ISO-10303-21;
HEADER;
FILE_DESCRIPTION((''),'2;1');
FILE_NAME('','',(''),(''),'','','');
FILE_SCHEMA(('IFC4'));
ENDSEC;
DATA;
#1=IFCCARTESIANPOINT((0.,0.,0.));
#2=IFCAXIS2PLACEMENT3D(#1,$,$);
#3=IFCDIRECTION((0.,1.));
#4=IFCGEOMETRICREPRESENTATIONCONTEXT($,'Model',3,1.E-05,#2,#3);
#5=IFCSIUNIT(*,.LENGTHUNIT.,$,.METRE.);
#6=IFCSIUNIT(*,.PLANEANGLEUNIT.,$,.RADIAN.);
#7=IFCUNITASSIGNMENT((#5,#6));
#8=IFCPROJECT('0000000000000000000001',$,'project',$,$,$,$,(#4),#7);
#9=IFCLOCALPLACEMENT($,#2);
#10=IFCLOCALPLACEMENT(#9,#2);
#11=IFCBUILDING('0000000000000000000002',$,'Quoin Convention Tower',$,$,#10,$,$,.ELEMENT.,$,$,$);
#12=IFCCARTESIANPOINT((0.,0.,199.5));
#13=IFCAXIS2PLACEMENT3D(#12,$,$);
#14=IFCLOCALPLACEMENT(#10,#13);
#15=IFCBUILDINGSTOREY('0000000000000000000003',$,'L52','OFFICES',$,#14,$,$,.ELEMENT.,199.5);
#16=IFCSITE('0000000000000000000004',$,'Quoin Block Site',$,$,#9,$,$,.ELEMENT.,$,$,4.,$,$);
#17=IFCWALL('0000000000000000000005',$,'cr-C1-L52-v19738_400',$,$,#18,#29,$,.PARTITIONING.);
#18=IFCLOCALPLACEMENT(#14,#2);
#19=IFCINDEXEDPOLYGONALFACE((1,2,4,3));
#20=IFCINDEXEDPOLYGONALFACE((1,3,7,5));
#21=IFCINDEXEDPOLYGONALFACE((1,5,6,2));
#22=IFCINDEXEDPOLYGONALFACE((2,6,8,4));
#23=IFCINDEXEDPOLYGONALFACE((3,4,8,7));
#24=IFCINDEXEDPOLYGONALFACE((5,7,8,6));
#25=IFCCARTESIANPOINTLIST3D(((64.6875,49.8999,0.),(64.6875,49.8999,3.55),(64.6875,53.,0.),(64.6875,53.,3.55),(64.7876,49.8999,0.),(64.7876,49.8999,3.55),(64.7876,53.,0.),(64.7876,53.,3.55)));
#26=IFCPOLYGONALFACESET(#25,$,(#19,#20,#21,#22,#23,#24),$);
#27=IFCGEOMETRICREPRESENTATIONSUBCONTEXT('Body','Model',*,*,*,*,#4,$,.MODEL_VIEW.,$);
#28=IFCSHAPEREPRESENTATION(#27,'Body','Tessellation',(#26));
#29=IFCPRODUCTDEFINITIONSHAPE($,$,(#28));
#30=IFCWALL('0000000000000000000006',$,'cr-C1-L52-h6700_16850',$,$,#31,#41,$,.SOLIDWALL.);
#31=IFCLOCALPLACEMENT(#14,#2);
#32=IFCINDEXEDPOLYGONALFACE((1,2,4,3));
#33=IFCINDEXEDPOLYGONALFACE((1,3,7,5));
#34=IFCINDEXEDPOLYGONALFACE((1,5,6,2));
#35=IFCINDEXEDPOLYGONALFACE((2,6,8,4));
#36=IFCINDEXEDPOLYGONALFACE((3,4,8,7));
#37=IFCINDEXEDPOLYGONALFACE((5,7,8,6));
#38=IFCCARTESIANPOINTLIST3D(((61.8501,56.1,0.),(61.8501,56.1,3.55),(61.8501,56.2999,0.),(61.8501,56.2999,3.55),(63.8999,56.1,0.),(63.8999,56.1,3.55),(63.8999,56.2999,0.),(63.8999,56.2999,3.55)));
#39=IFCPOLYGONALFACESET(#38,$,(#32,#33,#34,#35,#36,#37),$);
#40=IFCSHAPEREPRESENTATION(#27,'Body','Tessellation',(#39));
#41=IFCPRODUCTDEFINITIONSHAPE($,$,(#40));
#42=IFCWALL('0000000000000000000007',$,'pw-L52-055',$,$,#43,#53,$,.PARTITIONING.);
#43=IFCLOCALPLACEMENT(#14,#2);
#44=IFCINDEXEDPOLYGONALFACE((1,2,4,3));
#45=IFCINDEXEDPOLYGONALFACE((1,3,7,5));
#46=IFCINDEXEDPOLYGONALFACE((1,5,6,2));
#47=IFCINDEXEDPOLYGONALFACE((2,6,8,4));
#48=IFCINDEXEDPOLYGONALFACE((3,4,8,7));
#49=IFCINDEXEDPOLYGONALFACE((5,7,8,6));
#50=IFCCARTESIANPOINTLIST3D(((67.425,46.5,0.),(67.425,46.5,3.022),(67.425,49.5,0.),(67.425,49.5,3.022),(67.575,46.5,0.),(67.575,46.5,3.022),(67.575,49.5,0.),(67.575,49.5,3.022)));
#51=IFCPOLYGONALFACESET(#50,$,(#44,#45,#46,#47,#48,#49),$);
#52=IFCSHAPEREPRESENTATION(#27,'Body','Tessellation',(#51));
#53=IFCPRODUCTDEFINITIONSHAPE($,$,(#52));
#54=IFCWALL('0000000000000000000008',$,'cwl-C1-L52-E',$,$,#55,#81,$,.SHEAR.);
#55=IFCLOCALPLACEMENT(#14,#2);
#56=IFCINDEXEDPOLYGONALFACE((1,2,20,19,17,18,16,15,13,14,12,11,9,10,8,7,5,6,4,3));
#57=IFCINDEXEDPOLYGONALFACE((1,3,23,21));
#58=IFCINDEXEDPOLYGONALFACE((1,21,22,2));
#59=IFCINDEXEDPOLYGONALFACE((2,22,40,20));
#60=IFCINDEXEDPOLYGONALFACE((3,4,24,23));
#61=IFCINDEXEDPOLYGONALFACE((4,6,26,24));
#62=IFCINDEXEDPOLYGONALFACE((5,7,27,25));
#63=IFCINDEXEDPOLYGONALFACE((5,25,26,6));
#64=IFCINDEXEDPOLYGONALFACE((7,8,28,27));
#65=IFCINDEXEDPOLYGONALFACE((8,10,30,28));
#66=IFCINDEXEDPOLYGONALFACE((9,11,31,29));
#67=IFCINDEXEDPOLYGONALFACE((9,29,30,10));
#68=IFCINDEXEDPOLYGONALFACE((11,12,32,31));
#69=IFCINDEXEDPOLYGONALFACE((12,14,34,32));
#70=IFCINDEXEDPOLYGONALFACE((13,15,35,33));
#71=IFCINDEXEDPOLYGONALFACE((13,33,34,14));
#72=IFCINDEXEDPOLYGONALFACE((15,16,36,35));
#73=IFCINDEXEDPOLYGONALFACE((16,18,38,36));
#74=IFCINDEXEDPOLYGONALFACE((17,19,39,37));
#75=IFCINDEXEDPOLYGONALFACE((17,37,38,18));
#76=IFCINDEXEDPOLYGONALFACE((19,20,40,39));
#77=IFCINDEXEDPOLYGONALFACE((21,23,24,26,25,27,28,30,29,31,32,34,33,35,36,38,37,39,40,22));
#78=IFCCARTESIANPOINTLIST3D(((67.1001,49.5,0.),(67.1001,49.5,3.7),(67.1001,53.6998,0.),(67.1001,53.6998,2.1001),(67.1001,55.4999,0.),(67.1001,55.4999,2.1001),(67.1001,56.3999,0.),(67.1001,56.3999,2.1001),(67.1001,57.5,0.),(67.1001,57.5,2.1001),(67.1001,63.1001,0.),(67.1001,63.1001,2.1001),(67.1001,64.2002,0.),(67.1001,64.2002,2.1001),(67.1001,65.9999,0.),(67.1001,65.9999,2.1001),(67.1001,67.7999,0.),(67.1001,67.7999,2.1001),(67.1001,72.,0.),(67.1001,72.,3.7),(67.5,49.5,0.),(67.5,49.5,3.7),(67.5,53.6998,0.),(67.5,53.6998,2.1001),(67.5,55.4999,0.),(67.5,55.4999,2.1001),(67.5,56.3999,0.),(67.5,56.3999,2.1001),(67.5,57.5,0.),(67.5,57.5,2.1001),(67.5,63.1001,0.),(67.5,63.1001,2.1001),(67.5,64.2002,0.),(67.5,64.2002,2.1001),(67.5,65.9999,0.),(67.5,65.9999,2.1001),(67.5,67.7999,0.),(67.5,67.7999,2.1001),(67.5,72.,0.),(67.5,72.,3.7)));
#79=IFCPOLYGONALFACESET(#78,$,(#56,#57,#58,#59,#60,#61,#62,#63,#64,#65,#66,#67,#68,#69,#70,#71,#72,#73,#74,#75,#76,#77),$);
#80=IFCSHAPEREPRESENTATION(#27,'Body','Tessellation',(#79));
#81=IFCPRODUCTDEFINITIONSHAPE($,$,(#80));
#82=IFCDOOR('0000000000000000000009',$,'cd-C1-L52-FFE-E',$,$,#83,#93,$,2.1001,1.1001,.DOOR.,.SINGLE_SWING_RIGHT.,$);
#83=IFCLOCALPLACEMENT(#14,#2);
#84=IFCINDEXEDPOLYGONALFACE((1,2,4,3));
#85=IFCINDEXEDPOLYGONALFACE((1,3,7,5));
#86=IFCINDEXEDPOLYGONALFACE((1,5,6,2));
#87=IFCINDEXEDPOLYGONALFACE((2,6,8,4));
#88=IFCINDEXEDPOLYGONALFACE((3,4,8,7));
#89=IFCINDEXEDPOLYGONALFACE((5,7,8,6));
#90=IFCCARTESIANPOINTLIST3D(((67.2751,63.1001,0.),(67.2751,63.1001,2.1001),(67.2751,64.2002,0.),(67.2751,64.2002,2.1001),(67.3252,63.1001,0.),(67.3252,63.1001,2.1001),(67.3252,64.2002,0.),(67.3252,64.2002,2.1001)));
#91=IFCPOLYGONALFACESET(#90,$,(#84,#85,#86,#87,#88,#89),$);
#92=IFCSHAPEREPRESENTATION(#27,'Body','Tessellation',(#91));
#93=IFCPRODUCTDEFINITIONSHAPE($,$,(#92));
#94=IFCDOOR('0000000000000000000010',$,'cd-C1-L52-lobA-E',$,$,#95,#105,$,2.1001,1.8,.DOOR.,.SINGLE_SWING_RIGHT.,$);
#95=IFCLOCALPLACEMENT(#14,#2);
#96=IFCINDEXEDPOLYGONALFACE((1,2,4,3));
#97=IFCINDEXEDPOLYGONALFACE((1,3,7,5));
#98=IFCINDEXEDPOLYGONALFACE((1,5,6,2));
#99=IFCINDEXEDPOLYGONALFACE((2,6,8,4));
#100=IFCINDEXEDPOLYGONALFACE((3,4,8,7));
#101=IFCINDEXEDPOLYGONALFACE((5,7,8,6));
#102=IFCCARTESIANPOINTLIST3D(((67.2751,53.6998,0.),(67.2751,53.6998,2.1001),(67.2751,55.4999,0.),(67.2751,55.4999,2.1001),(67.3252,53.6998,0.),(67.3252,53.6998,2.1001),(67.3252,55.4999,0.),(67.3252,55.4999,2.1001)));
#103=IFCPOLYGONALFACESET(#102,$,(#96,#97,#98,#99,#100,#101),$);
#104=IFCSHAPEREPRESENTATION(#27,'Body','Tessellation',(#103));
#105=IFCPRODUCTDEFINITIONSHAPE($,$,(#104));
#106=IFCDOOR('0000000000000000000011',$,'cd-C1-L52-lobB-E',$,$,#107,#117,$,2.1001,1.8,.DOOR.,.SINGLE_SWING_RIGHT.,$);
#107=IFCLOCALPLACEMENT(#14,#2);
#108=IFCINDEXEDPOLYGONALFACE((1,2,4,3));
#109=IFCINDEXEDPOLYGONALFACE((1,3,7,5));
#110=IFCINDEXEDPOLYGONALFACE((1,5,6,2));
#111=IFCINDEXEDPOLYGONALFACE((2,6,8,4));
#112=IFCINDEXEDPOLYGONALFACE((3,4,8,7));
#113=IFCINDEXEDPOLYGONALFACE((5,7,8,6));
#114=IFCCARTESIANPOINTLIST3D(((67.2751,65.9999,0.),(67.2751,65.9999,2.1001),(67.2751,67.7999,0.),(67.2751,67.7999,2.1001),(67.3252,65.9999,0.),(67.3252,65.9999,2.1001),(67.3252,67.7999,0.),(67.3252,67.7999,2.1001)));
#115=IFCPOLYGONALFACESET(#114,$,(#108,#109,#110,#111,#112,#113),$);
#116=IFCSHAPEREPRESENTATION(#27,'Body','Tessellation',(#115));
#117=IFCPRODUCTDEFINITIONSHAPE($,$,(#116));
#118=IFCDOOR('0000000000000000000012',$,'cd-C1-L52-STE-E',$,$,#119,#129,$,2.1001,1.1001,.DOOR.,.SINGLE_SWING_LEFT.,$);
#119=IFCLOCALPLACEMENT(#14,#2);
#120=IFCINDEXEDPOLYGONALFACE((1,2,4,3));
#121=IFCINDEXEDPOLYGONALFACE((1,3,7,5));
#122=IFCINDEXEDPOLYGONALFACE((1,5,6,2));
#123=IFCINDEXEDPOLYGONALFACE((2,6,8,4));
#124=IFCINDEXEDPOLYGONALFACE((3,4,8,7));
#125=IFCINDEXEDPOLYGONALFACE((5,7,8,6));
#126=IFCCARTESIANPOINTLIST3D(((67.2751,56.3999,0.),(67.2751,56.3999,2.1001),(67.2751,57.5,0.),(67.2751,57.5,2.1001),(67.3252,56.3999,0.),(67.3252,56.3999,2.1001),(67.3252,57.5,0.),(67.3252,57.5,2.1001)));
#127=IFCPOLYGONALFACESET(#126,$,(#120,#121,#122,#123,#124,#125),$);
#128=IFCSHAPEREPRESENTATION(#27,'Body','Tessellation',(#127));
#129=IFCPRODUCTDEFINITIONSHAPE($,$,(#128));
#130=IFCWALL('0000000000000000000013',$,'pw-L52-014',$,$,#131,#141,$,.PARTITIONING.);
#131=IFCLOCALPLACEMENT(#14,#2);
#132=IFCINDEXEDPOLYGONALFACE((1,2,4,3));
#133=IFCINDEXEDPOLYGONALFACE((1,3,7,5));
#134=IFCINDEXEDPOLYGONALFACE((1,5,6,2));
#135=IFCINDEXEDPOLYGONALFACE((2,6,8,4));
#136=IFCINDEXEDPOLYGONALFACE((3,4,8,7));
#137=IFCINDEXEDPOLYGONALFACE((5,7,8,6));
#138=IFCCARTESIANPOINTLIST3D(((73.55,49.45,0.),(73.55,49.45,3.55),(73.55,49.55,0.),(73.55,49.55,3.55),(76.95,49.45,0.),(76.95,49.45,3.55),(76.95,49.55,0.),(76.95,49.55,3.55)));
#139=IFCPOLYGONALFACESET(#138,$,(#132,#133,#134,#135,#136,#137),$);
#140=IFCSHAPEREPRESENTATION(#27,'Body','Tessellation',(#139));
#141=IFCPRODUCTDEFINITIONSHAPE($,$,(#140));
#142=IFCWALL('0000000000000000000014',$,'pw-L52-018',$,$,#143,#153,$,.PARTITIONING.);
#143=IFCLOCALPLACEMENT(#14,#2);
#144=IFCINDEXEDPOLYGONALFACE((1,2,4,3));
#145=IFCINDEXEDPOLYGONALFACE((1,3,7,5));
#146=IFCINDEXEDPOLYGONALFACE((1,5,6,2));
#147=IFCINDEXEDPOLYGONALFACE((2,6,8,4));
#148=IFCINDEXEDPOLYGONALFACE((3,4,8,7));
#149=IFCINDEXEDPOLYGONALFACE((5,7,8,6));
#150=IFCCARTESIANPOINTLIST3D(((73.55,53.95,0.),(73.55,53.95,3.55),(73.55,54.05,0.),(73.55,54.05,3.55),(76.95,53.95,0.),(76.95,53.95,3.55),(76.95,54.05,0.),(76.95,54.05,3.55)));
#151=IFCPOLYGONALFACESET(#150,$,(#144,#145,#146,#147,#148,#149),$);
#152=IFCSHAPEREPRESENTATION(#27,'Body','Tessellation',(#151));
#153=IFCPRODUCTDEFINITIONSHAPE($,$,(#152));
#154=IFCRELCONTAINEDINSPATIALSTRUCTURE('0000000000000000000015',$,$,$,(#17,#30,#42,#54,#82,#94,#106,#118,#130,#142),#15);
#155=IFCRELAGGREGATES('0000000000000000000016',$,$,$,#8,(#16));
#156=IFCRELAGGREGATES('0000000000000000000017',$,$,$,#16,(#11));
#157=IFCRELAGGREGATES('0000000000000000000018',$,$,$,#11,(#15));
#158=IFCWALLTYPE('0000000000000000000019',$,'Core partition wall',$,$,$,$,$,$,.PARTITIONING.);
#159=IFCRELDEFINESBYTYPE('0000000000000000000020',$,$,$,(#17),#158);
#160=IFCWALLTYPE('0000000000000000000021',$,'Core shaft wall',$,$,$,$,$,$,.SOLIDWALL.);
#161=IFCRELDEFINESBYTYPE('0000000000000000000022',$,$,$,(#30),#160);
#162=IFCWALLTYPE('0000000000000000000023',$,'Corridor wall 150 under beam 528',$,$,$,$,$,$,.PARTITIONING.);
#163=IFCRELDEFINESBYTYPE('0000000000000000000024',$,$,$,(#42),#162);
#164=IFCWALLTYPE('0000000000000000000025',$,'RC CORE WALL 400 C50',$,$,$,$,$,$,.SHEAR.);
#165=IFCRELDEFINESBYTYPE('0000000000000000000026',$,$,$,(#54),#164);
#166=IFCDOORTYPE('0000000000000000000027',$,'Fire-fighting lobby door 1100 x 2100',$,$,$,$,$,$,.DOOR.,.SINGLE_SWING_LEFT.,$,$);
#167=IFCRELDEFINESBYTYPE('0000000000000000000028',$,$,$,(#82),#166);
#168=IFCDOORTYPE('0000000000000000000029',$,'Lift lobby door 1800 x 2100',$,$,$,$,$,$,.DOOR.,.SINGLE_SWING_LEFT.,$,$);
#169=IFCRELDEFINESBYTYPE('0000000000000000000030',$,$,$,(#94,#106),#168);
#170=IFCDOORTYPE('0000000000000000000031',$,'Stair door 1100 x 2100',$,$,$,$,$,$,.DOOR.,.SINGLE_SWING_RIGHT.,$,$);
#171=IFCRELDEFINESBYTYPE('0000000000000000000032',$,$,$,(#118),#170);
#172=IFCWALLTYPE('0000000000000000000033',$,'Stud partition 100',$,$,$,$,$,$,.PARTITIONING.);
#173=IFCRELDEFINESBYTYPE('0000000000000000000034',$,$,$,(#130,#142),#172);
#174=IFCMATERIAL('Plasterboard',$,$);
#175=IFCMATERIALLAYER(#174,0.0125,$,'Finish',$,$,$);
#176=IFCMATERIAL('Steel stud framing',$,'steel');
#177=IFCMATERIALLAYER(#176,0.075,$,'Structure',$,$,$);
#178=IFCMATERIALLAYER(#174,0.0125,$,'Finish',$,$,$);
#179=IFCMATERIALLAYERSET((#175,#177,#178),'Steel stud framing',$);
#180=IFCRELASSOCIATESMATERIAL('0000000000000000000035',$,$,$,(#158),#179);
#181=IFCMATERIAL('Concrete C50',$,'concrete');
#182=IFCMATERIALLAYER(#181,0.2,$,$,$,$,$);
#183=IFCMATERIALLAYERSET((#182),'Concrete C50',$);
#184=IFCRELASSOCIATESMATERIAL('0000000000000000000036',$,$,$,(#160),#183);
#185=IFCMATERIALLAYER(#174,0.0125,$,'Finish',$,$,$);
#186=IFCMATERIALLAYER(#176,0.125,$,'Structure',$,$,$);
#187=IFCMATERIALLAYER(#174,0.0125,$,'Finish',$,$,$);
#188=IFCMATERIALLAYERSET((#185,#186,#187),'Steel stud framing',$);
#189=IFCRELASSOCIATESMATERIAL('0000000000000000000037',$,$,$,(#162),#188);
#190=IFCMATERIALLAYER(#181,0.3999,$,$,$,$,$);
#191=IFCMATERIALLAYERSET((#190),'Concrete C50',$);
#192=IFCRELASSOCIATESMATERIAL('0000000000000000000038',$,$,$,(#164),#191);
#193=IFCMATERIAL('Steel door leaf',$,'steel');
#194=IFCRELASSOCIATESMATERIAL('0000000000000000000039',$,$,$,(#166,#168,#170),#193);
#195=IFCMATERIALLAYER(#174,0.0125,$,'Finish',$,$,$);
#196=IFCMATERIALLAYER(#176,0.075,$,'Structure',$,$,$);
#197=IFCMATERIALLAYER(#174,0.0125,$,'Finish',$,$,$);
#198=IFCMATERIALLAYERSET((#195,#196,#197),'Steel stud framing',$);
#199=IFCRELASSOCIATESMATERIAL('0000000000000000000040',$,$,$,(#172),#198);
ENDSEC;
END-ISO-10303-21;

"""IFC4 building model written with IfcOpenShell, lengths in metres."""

from ifc_helpers import new_model, si_unit, direction, frame, frame_2d, origin, place, context, subcontext, project, spatial, rectangle, extrude, material, layer, layer_set, type_object, element, fill, save


model = new_model("IFC4")

# Units and contexts
model_context = context("Model", 3, precision=1e-05, world=origin(), true_north=direction((0.0, 1.0)))
body_context = subcontext(model_context, "Body", "Model", "MODEL_VIEW")
ifc_project = project(units=[si_unit("LENGTHUNIT", "METRE"), si_unit("PLANEANGLEUNIT", "RADIAN")], contexts=[model_context])

# Site, building, storey
site_placement = place(None, origin())
site = spatial("IfcSite", under=ifc_project, at=site_placement, Name="Quoin Block Site", CompositionType="ELEMENT", RefElevation=4.0)
building_placement = place(site_placement, origin())
building = spatial("IfcBuilding", under=site, at=building_placement, Name="Quoin Convention Tower", CompositionType="ELEMENT")
storey_placement = place(building_placement, frame((0.0, 0.0, 199.5)))
storey = spatial("IfcBuildingStorey", under=building, at=storey_placement, Name="L52", Description="OFFICES", CompositionType="ELEMENT", Elevation=199.5)

# Shared definitions
ifc_material_1 = material(Name="Concrete C50", Category="concrete")

# Shared definitions
ifc_material_2 = material(Name="Plasterboard")
ifc_material_3 = material(Name="Steel stud framing", Category="steel")
ifc_material_4 = material(Name="Steel door leaf", Category="steel")

# Walls
ifc_layer_1 = layer(ifc_material_2, 0.0125, Name="Finish")
ifc_layer_2 = layer(ifc_material_3, 0.075, Name="Structure")
ifc_layer_3 = layer(ifc_material_2, 0.0125, Name="Finish")
ifc_layer_set_1 = layer_set([ifc_layer_1, ifc_layer_2, ifc_layer_3], Name="Steel stud framing")
wall_type_1 = type_object("IfcWallType", Name="Core partition wall", PredefinedType="PARTITIONING", material=ifc_layer_set_1)
for number, where, z_axis, x_axis, name in (
    (1, (64.7375, 49.8999, 0.0), (0.0, 0.0, 1.0), (0.0, 1.0, 0.0), "cr-C1-L52-v19738_400"),
):
    element("IfcWall", number, at=place(storey_placement, frame(where, z_axis=z_axis, x_axis=x_axis)), inside=storey, type_object=wall_type_1, Name=name, PredefinedType="PARTITIONING", context=body_context, shape_type="SweptSolid", body=[
        extrude(rectangle(XDim=3.1001, YDim=0.1001, at=frame_2d((1.55, 0.0))), origin(), (0.0, 0.0, 1.0), 3.55),
    ])
ifc_layer_4 = layer(ifc_material_1, 0.2)
ifc_layer_set_2 = layer_set([ifc_layer_4], Name="Concrete C50")
wall_type_2 = type_object("IfcWallType", Name="Core shaft wall", PredefinedType="SOLIDWALL", material=ifc_layer_set_2)
wall_1_placement = place(storey_placement, frame((61.8501, 56.2, 0.0), z_axis=(0.0, 0.0, 1.0), x_axis=(1.0, 0.0, 0.0)))
element("IfcWall", 2, at=wall_1_placement, inside=storey, type_object=wall_type_2, Name="cr-C1-L52-h6700_16850", PredefinedType="SOLIDWALL", context=body_context, shape_type="SweptSolid", body=[
    extrude(rectangle(XDim=2.0498, YDim=0.2, at=frame_2d((1.0249, 0.0))), origin(), (0.0, 0.0, 1.0), 3.55),
])
ifc_layer_5 = layer(ifc_material_2, 0.0125, Name="Finish")
ifc_layer_6 = layer(ifc_material_3, 0.125, Name="Structure")
ifc_layer_7 = layer(ifc_material_2, 0.0125, Name="Finish")
ifc_layer_set_3 = layer_set([ifc_layer_5, ifc_layer_6, ifc_layer_7], Name="Steel stud framing")
wall_type_3 = type_object("IfcWallType", Name="Corridor wall 150 under beam 528", PredefinedType="PARTITIONING", material=ifc_layer_set_3)
wall_2_placement = place(storey_placement, frame((67.5, 46.5, 0.0), z_axis=(0.0, 0.0, 1.0), x_axis=(0.0, 1.0, 0.0)))
element("IfcWall", 3, at=wall_2_placement, inside=storey, type_object=wall_type_3, Name="pw-L52-055", PredefinedType="PARTITIONING", context=body_context, shape_type="SweptSolid", body=[
    extrude(rectangle(XDim=3.0, YDim=0.1499, at=frame_2d((1.5, 0.0))), origin(), (0.0, 0.0, 1.0), 3.022),
])

# Wall, openings, doors
ifc_layer_8 = layer(ifc_material_1, 0.3999)
ifc_layer_set_4 = layer_set([ifc_layer_8], Name="Concrete C50")
wall_type_4 = type_object("IfcWallType", Name="RC CORE WALL 400 C50", PredefinedType="SHEAR", material=ifc_layer_set_4)
wall_3_placement = place(storey_placement, frame((67.3, 49.5, 0.0), z_axis=(0.0, 0.0, 1.0), x_axis=(0.0, 1.0, 0.0)))
wall_3 = element("IfcWall", 4, at=wall_3_placement, inside=storey, type_object=wall_type_4, Name="cwl-C1-L52-E", PredefinedType="SHEAR", context=body_context, shape_type="SweptSolid", body=[
    extrude(rectangle(XDim=22.5, YDim=0.3999, at=frame_2d((11.25, 0.0))), origin(), (0.0, 0.0, 1.0), 3.7),
])
opening_1_placement = place(wall_3_placement, frame((4.2, 0.0, 0.0)))
opening_1 = element("IfcOpeningElement", 5, at=opening_1_placement, cuts=wall_3, PredefinedType="OPENING", context=body_context, shape_type="SweptSolid", body=[
    extrude(rectangle(XDim=1.8, YDim=2.1001, at=frame_2d((0.8999, 1.05))), frame((0.0, 0.21, 0.0), z_axis=(0.0, -1.0, 0.0), x_axis=(1.0, 0.0, 0.0)), (0.0, 0.0, 1.0), 0.4199),
])
opening_2_placement = place(wall_3_placement, frame((6.8999, 0.0, 0.0)))
opening_2 = element("IfcOpeningElement", 6, at=opening_2_placement, cuts=wall_3, PredefinedType="OPENING", context=body_context, shape_type="SweptSolid", body=[
    extrude(rectangle(XDim=1.1001, YDim=2.1001, at=frame_2d((0.55, 1.05))), frame((0.0, 0.21, 0.0), z_axis=(0.0, -1.0, 0.0), x_axis=(1.0, 0.0, 0.0)), (0.0, 0.0, 1.0), 0.4199),
])
opening_3_placement = place(wall_3_placement, frame((13.6001, 0.0, 0.0)))
opening_3 = element("IfcOpeningElement", 7, at=opening_3_placement, cuts=wall_3, PredefinedType="OPENING", context=body_context, shape_type="SweptSolid", body=[
    extrude(rectangle(XDim=1.1001, YDim=2.1001, at=frame_2d((0.55, 1.05))), frame((0.0, 0.21, 0.0), z_axis=(0.0, -1.0, 0.0), x_axis=(1.0, 0.0, 0.0)), (0.0, 0.0, 1.0), 0.4199),
])
opening_4_placement = place(wall_3_placement, frame((16.5, 0.0, 0.0)))
opening_4 = element("IfcOpeningElement", 8, at=opening_4_placement, cuts=wall_3, PredefinedType="OPENING", context=body_context, shape_type="SweptSolid", body=[
    extrude(rectangle(XDim=1.8, YDim=2.1001, at=frame_2d((0.8999, 1.05))), frame((0.0, 0.21, 0.0), z_axis=(0.0, -1.0, 0.0), x_axis=(1.0, 0.0, 0.0)), (0.0, 0.0, 1.0), 0.4199),
])
door_type_1 = type_object("IfcDoorType", Name="Fire-fighting lobby door 1100 x 2100", OperationType="SINGLE_SWING_LEFT", PredefinedType="DOOR", material=ifc_material_4)
door_1_placement = place(opening_3_placement, origin())
door_1 = element("IfcDoor", 9, at=door_1_placement, inside=storey, type_object=door_type_1, Name="cd-C1-L52-FFE-E", OperationType="SINGLE_SWING_RIGHT", OverallHeight=2.1001, OverallWidth=1.1001, PredefinedType="DOOR", context=body_context, shape_type="SweptSolid", body=[
    extrude(rectangle(XDim=1.1001, YDim=2.1001, at=frame_2d((0.55, 1.05))), frame((0.0, 0.0249, 0.0), z_axis=(0.0, -1.0, 0.0), x_axis=(1.0, 0.0, 0.0)), (0.0, 0.0, 1.0), 0.05),
])
fill(opening_3, door_1)
door_type_2 = type_object("IfcDoorType", Name="Lift lobby door 1800 x 2100", OperationType="SINGLE_SWING_LEFT", PredefinedType="DOOR", material=ifc_material_4)
door_2_placement = place(opening_1_placement, origin())
door_2 = element("IfcDoor", 10, at=door_2_placement, inside=storey, type_object=door_type_2, Name="cd-C1-L52-lobA-E", OperationType="SINGLE_SWING_RIGHT", OverallHeight=2.1001, OverallWidth=1.8, PredefinedType="DOOR", context=body_context, shape_type="SweptSolid", body=[
    extrude(rectangle(XDim=1.8, YDim=2.1001, at=frame_2d((0.8999, 1.05))), frame((0.0, 0.0249, 0.0), z_axis=(0.0, -1.0, 0.0), x_axis=(1.0, 0.0, 0.0)), (0.0, 0.0, 1.0), 0.05),
])
fill(opening_1, door_2)
door_3_placement = place(opening_4_placement, origin())
door_3 = element("IfcDoor", 11, at=door_3_placement, inside=storey, type_object=door_type_2, Name="cd-C1-L52-lobB-E", OperationType="SINGLE_SWING_RIGHT", OverallHeight=2.1001, OverallWidth=1.8, PredefinedType="DOOR", context=body_context, shape_type="SweptSolid", body=[
    extrude(rectangle(XDim=1.8, YDim=2.1001, at=frame_2d((0.8999, 1.05))), frame((0.0, 0.0249, 0.0), z_axis=(0.0, -1.0, 0.0), x_axis=(1.0, 0.0, 0.0)), (0.0, 0.0, 1.0), 0.05),
])
fill(opening_4, door_3)
door_type_3 = type_object("IfcDoorType", Name="Stair door 1100 x 2100", OperationType="SINGLE_SWING_RIGHT", PredefinedType="DOOR", material=ifc_material_4)
door_4_placement = place(opening_2_placement, origin())
door_4 = element("IfcDoor", 12, at=door_4_placement, inside=storey, type_object=door_type_3, Name="cd-C1-L52-STE-E", OperationType="SINGLE_SWING_LEFT", OverallHeight=2.1001, OverallWidth=1.1001, PredefinedType="DOOR", context=body_context, shape_type="SweptSolid", body=[
    extrude(rectangle(XDim=1.1001, YDim=2.1001, at=frame_2d((0.55, 1.05))), frame((0.0, 0.0249, 0.0), z_axis=(0.0, -1.0, 0.0), x_axis=(1.0, 0.0, 0.0)), (0.0, 0.0, 1.0), 0.05),
])
fill(opening_2, door_4)

# Walls
ifc_layer_9 = layer(ifc_material_2, 0.0125, Name="Finish")
ifc_layer_10 = layer(ifc_material_3, 0.075, Name="Structure")
ifc_layer_11 = layer(ifc_material_2, 0.0125, Name="Finish")
ifc_layer_set_5 = layer_set([ifc_layer_9, ifc_layer_10, ifc_layer_11], Name="Steel stud framing")
wall_type_5 = type_object("IfcWallType", Name="Stud partition 100", PredefinedType="PARTITIONING", material=ifc_layer_set_5)
for number, where, z_axis, x_axis, name in (
    (13, (73.55, 49.5, 0.0), (0.0, 0.0, 1.0), (1.0, 0.0, 0.0), "pw-L52-014"),
    (14, (73.55, 54.0, 0.0), (0.0, 0.0, 1.0), (1.0, 0.0, 0.0), "pw-L52-018"),
):
    element("IfcWall", number, at=place(storey_placement, frame(where, z_axis=z_axis, x_axis=x_axis)), inside=storey, type_object=wall_type_5, Name=name, PredefinedType="PARTITIONING", context=body_context, shape_type="SweptSolid", body=[
        extrude(rectangle(XDim=3.3999, YDim=0.1001, at=frame_2d((1.7, 0.0))), origin(), (0.0, 0.0, 1.0), 3.55),
    ])

save(model, "model.ifc")
